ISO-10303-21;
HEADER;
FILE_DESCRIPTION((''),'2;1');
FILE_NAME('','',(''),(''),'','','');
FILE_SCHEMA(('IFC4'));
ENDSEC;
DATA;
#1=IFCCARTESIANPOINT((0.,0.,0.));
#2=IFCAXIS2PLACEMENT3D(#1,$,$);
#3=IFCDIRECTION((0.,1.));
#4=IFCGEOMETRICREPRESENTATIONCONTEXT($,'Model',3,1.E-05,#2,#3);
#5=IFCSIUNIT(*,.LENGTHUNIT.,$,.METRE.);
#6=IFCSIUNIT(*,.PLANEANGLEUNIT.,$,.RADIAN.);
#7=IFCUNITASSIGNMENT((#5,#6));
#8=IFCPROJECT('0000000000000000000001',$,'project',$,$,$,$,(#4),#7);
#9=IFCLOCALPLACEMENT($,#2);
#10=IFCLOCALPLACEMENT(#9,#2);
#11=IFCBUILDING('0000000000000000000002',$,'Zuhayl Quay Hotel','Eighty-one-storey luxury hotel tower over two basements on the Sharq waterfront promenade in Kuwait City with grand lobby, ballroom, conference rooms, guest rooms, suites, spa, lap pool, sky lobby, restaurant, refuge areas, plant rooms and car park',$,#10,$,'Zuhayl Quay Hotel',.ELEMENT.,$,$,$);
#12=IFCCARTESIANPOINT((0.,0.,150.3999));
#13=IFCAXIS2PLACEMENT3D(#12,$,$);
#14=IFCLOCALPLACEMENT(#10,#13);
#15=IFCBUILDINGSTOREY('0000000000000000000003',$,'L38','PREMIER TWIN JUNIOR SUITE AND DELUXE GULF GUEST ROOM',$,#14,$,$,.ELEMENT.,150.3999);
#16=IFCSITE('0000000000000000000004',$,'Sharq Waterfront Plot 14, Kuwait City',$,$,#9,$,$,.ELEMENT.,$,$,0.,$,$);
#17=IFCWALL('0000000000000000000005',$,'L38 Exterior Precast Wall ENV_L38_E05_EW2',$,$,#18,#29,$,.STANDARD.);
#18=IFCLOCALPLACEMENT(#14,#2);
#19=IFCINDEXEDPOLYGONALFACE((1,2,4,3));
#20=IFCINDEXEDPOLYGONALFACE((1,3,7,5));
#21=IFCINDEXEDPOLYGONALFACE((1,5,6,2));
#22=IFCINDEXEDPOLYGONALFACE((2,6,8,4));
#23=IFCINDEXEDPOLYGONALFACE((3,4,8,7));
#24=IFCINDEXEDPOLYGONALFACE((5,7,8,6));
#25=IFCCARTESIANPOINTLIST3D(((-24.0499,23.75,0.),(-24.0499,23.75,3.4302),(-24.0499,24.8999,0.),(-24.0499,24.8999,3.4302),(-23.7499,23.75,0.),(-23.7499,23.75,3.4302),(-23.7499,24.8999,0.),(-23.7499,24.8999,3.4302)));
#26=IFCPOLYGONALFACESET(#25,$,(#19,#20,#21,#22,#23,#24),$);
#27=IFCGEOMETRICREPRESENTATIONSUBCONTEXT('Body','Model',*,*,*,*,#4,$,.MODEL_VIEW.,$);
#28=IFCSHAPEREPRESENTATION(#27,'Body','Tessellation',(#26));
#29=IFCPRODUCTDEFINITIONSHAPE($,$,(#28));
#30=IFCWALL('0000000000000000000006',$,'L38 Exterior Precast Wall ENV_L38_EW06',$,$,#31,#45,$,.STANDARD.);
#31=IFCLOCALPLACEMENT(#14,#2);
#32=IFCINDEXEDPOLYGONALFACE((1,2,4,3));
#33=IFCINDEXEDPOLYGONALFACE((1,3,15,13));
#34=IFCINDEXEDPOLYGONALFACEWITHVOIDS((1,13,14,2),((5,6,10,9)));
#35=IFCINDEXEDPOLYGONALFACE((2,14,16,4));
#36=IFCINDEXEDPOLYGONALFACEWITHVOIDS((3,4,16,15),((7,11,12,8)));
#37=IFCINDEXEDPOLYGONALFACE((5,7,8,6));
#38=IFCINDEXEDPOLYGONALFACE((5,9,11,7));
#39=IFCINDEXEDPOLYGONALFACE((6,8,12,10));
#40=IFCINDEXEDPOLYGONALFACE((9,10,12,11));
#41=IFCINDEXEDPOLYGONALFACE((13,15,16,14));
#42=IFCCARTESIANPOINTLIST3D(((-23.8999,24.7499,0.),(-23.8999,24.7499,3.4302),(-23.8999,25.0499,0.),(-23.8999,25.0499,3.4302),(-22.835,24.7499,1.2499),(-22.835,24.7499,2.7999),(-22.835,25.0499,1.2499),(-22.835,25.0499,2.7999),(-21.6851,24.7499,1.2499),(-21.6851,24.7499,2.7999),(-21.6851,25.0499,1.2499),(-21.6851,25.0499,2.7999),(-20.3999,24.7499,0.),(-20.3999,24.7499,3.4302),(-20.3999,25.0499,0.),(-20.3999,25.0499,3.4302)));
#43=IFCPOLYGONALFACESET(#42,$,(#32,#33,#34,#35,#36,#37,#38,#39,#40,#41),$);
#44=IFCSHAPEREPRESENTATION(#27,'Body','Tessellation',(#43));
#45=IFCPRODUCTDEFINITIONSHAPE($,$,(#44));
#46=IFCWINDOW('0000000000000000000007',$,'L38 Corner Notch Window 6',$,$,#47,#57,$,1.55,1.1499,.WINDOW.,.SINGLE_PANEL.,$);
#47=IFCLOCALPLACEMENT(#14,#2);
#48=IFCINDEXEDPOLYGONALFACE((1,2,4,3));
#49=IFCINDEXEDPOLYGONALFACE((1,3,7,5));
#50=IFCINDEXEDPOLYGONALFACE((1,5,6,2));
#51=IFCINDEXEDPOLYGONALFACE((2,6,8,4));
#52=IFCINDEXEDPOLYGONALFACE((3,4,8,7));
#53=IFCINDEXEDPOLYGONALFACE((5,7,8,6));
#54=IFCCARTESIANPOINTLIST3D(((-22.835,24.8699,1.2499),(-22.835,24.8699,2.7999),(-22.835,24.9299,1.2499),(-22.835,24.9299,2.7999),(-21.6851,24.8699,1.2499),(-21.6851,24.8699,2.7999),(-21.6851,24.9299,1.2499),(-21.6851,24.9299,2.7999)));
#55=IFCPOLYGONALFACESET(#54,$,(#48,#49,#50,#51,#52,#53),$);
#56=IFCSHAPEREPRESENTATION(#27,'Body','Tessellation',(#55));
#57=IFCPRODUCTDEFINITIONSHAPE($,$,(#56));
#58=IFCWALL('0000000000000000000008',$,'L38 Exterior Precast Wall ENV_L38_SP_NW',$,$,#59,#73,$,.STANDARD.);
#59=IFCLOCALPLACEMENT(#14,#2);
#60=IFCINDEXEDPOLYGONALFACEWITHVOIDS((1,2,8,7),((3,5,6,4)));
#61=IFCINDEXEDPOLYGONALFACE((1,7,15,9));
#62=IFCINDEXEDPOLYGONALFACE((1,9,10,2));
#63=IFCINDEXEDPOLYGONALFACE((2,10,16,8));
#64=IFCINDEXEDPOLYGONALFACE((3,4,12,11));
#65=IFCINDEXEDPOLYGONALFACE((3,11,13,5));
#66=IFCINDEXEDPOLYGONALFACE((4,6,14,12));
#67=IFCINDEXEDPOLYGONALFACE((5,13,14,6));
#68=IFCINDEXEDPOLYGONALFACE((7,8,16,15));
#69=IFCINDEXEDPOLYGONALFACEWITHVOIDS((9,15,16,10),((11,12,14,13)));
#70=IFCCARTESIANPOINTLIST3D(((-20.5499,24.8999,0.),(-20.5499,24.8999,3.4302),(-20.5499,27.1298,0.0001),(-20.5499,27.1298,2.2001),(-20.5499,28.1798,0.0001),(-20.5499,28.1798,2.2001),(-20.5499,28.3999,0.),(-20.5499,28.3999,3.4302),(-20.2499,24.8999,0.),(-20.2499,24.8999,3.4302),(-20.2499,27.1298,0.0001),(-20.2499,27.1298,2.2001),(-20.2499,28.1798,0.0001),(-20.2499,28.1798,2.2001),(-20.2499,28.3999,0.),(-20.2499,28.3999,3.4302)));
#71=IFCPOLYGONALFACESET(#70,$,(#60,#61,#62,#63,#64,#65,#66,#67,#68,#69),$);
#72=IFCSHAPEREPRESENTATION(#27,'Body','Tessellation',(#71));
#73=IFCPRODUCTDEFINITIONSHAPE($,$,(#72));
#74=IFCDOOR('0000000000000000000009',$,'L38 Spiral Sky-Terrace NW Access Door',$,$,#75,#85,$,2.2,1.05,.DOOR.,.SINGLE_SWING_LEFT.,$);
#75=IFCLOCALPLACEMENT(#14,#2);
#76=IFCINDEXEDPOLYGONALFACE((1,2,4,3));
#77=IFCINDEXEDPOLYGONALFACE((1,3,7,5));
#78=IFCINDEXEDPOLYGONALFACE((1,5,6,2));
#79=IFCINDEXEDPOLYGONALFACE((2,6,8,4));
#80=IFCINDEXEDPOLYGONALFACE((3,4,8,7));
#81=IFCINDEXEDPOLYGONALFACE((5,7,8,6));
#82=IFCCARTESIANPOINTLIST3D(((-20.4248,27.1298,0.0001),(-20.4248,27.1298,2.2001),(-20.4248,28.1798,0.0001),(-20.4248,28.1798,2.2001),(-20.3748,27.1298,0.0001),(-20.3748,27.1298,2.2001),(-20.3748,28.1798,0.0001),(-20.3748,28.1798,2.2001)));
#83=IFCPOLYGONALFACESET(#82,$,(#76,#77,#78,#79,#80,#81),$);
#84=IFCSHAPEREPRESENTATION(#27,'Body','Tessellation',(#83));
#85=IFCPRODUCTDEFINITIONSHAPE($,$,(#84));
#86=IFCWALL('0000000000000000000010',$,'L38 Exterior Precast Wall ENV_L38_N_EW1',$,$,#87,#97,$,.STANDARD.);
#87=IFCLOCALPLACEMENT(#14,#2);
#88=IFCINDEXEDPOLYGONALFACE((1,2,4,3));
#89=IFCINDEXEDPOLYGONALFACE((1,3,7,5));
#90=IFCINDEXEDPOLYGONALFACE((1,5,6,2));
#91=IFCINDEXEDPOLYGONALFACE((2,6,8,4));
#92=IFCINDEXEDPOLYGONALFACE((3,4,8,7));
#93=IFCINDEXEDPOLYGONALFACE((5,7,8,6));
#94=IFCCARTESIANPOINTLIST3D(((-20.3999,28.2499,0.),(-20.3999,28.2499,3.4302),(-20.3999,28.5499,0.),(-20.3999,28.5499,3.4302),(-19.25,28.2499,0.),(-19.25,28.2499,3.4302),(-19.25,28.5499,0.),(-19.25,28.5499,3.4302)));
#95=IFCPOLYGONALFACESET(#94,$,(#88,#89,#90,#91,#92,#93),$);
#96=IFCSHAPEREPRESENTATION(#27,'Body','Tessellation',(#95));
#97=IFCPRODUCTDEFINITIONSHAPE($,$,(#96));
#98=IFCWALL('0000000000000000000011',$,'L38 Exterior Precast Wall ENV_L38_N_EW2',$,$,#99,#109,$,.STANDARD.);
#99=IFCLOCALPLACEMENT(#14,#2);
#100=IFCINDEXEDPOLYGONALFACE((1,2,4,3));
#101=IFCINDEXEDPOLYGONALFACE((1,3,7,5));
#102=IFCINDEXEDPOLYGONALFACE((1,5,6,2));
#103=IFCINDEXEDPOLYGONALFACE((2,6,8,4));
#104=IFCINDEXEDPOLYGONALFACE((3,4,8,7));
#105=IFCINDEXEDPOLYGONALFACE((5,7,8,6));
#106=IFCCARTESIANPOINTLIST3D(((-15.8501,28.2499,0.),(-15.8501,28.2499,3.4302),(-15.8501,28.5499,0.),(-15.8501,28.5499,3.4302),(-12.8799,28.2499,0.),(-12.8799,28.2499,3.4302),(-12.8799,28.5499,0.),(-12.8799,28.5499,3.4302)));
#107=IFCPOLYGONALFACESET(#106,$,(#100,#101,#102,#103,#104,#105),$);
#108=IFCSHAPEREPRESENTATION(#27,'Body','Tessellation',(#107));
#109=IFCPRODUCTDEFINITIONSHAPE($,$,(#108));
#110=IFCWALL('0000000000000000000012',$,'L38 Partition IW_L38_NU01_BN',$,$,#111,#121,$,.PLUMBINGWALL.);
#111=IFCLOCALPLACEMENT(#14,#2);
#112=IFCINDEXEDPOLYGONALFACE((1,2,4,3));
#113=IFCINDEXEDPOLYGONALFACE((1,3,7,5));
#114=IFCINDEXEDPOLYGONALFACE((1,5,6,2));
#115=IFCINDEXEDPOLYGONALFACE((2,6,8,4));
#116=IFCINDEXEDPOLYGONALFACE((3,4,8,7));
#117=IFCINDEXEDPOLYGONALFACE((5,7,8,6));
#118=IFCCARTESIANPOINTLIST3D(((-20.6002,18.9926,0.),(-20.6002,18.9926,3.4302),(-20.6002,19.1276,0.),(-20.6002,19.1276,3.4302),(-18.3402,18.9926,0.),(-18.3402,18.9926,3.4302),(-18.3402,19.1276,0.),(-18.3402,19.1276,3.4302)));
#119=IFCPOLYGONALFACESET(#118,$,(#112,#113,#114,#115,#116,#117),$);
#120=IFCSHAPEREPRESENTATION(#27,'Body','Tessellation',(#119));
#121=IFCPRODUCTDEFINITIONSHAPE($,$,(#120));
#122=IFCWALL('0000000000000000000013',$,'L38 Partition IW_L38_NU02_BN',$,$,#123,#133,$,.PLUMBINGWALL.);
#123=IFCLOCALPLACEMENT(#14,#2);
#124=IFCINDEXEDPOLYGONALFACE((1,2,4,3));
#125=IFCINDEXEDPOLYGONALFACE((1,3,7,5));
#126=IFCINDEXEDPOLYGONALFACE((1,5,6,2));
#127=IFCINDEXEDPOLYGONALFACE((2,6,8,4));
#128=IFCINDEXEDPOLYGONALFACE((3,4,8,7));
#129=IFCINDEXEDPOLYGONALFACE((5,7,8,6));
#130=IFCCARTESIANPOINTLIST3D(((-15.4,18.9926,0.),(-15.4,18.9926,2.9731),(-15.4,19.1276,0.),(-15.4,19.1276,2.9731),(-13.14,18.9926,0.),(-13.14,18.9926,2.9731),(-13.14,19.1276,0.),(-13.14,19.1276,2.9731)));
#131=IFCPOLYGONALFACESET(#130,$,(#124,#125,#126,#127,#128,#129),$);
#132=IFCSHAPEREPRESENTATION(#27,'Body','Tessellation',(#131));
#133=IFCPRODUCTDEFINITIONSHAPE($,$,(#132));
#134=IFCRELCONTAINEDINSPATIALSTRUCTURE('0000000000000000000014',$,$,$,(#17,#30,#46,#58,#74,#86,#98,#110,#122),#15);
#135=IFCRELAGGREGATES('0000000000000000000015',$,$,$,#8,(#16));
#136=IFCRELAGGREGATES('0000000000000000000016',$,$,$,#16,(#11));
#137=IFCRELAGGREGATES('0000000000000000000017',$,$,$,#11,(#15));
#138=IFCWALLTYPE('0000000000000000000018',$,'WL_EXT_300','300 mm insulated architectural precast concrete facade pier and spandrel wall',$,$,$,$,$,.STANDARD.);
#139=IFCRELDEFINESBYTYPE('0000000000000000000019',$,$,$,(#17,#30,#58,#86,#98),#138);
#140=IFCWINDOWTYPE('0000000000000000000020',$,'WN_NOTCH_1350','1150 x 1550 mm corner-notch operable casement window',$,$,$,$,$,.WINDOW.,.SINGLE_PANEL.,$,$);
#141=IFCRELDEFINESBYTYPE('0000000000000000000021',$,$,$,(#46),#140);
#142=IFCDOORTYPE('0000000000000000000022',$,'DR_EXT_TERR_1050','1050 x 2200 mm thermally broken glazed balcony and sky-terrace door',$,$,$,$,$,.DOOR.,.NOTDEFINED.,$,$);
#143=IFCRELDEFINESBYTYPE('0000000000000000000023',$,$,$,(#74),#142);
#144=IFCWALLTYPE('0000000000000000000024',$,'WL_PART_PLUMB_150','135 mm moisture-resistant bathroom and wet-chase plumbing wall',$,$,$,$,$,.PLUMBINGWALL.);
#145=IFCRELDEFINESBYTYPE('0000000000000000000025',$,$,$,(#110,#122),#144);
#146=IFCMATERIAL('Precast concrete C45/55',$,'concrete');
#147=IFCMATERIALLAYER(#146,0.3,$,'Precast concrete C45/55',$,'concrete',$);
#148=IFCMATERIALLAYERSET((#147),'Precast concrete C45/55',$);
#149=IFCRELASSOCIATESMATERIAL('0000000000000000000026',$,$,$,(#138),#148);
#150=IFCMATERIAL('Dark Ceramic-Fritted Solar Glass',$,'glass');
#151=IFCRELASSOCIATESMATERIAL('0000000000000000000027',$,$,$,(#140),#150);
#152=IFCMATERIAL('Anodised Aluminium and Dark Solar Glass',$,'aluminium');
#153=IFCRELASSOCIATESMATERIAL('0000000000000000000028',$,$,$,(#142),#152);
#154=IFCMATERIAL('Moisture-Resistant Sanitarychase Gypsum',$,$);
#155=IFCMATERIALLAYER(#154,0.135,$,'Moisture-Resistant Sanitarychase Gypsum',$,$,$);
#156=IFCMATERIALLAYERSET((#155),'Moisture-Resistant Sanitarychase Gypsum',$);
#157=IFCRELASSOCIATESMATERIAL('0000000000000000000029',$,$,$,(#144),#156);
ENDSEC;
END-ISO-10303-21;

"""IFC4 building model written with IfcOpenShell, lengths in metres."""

from ifc_helpers import new_model, si_unit, direction, frame, frame_2d, origin, place, context, subcontext, project, spatial, rectangle, extrude, material, layer, layer_set, type_object, element, fill, save


model = new_model("IFC4")

# Units and contexts
model_context = context("Model", 3, precision=1e-05, world=origin(), true_north=direction((0.0, 1.0)))
body_context = subcontext(model_context, "Body", "Model", "MODEL_VIEW")
ifc_project = project(units=[si_unit("LENGTHUNIT", "METRE"), si_unit("PLANEANGLEUNIT", "RADIAN")], contexts=[model_context])

# Site, building, storey
site_placement = place(None, origin())
site = spatial("IfcSite", under=ifc_project, at=site_placement, Name="Sharq Waterfront Plot 14, Kuwait City", CompositionType="ELEMENT", RefElevation=0.0)
building_placement = place(site_placement, origin())
building = spatial("IfcBuilding", under=site, at=building_placement, Name="Zuhayl Quay Hotel", Description="Eighty-one-storey luxury hotel tower over two basements on the Sharq waterfront promenade in Kuwait City with grand lobby, ballroom, conference rooms, guest rooms, suites, spa, lap pool, sky lobby, restaurant, refuge areas, plant rooms and car park", LongName="Zuhayl Quay Hotel", CompositionType="ELEMENT")
storey_placement = place(building_placement, frame((0.0, 0.0, 150.3999)))
storey = spatial("IfcBuildingStorey", under=building, at=storey_placement, Name="L38", Description="PREMIER TWIN JUNIOR SUITE AND DELUXE GULF GUEST ROOM", CompositionType="ELEMENT", Elevation=150.3999)

# Shared definitions
ifc_material_1 = material(Name="Dark Ceramic-Fritted Solar Glass", Category="glass")

# Wall
ifc_material_2 = material(Name="Precast concrete C45/55", Category="concrete")
ifc_layer_1 = layer(ifc_material_2, 0.3, Name="Precast concrete C45/55", Category="concrete")
ifc_layer_set_1 = layer_set([ifc_layer_1], Name="Precast concrete C45/55")
wall_type_1 = type_object("IfcWallType", Name="WL_EXT_300", Description="300 mm insulated architectural precast concrete facade pier and spandrel wall", PredefinedType="STANDARD", material=ifc_layer_set_1)
wall_1_placement = place(storey_placement, frame((-23.8999, 23.75, 0.0), z_axis=(0.0, 0.0, 1.0), x_axis=(0.0, 1.0, 0.0)))
element("IfcWall", 1, at=wall_1_placement, inside=storey, type_object=wall_type_1, Name="L38 Exterior Precast Wall ENV_L38_E05_EW2", PredefinedType="STANDARD", context=body_context, shape_type="SweptSolid", body=[
    extrude(rectangle(XDim=1.1499, YDim=0.3, at=frame_2d((0.575, 0.0))), origin(), (0.0, 0.0, 1.0), 3.4302),
])

# Wall, opening, window
wall_2_placement = place(storey_placement, frame((-23.8999, 24.8999, 0.0), z_axis=(0.0, 0.0, 1.0), x_axis=(1.0, 0.0, 0.0)))
wall_2 = element("IfcWall", 2, at=wall_2_placement, inside=storey, type_object=wall_type_1, Name="L38 Exterior Precast Wall ENV_L38_EW06", PredefinedType="STANDARD", context=body_context, shape_type="SweptSolid", body=[
    extrude(rectangle(XDim=3.5, YDim=0.3, at=frame_2d((1.75, 0.0))), origin(), (0.0, 0.0, 1.0), 3.4302),
])
opening_1_placement = place(wall_2_placement, frame((1.0649, 0.0, 1.25)))
opening_1 = element("IfcOpeningElement", 3, at=opening_1_placement, cuts=wall_2, PredefinedType="OPENING", context=body_context, shape_type="SweptSolid", body=[
    extrude(rectangle(XDim=1.1499, YDim=1.55, at=frame_2d((0.575, 0.7749))), frame((0.0, 0.1599, 0.0), z_axis=(0.0, -1.0, 0.0), x_axis=(1.0, 0.0, 0.0)), (0.0, 0.0, 1.0), 0.3201),
])
window_type = type_object("IfcWindowType", Name="WN_NOTCH_1350", Description="1150 x 1550 mm corner-notch operable casement window", PartitioningType="SINGLE_PANEL", PredefinedType="WINDOW", material=ifc_material_1)
window_placement = place(opening_1_placement, origin())
window = element("IfcWindow", 4, at=window_placement, inside=storey, type_object=window_type, Name="L38 Corner Notch Window 6", OverallHeight=1.55, OverallWidth=1.1499, PartitioningType="SINGLE_PANEL", PredefinedType="WINDOW", context=body_context, shape_type="SweptSolid", body=[
    extrude(rectangle(XDim=1.1499, YDim=1.55, at=frame_2d((0.575, 0.7749))), frame((0.0, 0.03, 0.0), z_axis=(0.0, -1.0, 0.0), x_axis=(1.0, 0.0, 0.0)), (0.0, 0.0, 1.0), 0.0601),
])
fill(opening_1, window)

# Wall, opening, door
wall_3_placement = place(storey_placement, frame((-20.3999, 24.8999, 0.0), z_axis=(0.0, 0.0, 1.0), x_axis=(0.0, 1.0, 0.0)))
wall_3 = element("IfcWall", 5, at=wall_3_placement, inside=storey, type_object=wall_type_1, Name="L38 Exterior Precast Wall ENV_L38_SP_NW", PredefinedType="STANDARD", context=body_context, shape_type="SweptSolid", body=[
    extrude(rectangle(XDim=3.5, YDim=0.3, at=frame_2d((1.75, 0.0))), origin(), (0.0, 0.0, 1.0), 3.4302),
])
opening_2_placement = place(wall_3_placement, frame((2.23, 0.0, 0.0)))
opening_2 = element("IfcOpeningElement", 6, at=opening_2_placement, cuts=wall_3, PredefinedType="OPENING", context=body_context, shape_type="SweptSolid", body=[
    extrude(rectangle(XDim=1.05, YDim=2.2, at=frame_2d((0.5249, 1.1001))), frame((0.0, 0.1599, 0.0), z_axis=(0.0, -1.0, 0.0), x_axis=(1.0, 0.0, 0.0)), (0.0, 0.0, 1.0), 0.3201),
])
ifc_material_3 = material(Name="Anodised Aluminium and Dark Solar Glass", Category="aluminium")
door_type = type_object("IfcDoorType", Name="DR_EXT_TERR_1050", Description="1050 x 2200 mm thermally broken glazed balcony and sky-terrace door", OperationType="NOTDEFINED", PredefinedType="DOOR", material=ifc_material_3)
door_placement = place(opening_2_placement, origin())
door = element("IfcDoor", 7, at=door_placement, inside=storey, type_object=door_type, Name="L38 Spiral Sky-Terrace NW Access Door", OperationType="SINGLE_SWING_LEFT", OverallHeight=2.2, OverallWidth=1.05, PredefinedType="DOOR", context=body_context, shape_type="SweptSolid", body=[
    extrude(rectangle(XDim=1.05, YDim=2.2, at=frame_2d((0.5249, 1.1001))), frame((0.0, 0.0249, 0.0), z_axis=(0.0, -1.0, 0.0), x_axis=(1.0, 0.0, 0.0)), (0.0, 0.0, 1.0), 0.05),
])
fill(opening_2, door)

# Walls
wall_4_placement = place(storey_placement, frame((-20.3999, 28.3999, 0.0), z_axis=(0.0, 0.0, 1.0), x_axis=(1.0, 0.0, 0.0)))
element("IfcWall", 8, at=wall_4_placement, inside=storey, type_object=wall_type_1, Name="L38 Exterior Precast Wall ENV_L38_N_EW1", PredefinedType="STANDARD", context=body_context, shape_type="SweptSolid", body=[
    extrude(rectangle(XDim=1.1499, YDim=0.3, at=frame_2d((0.575, 0.0))), origin(), (0.0, 0.0, 1.0), 3.4302),
])
wall_5_placement = place(storey_placement, frame((-15.8501, 28.3999, 0.0), z_axis=(0.0, 0.0, 1.0), x_axis=(1.0, 0.0, 0.0)))
element("IfcWall", 9, at=wall_5_placement, inside=storey, type_object=wall_type_1, Name="L38 Exterior Precast Wall ENV_L38_N_EW2", PredefinedType="STANDARD", context=body_context, shape_type="SweptSolid", body=[
    extrude(rectangle(XDim=2.9702, YDim=0.3, at=frame_2d((1.4851, 0.0))), origin(), (0.0, 0.0, 1.0), 3.4302),
])
ifc_material_4 = material(Name="Moisture-Resistant Sanitarychase Gypsum")
ifc_layer_2 = layer(ifc_material_4, 0.135, Name="Moisture-Resistant Sanitarychase Gypsum")
ifc_layer_set_2 = layer_set([ifc_layer_2], Name="Moisture-Resistant Sanitarychase Gypsum")
wall_type_2 = type_object("IfcWallType", Name="WL_PART_PLUMB_150", Description="135 mm moisture-resistant bathroom and wet-chase plumbing wall", PredefinedType="PLUMBINGWALL", material=ifc_layer_set_2)
wall_6_placement = place(storey_placement, frame((-20.6001, 19.0601, 0.0), z_axis=(0.0, 0.0, 1.0), x_axis=(1.0, 0.0, 0.0)))
element("IfcWall", 10, at=wall_6_placement, inside=storey, type_object=wall_type_2, Name="L38 Partition IW_L38_NU01_BN", PredefinedType="PLUMBINGWALL", context=body_context, shape_type="SweptSolid", body=[
    extrude(rectangle(XDim=2.26, YDim=0.135, at=frame_2d((1.1299, 0.0))), origin(), (0.0, 0.0, 1.0), 3.4302),
])
wall_7_placement = place(storey_placement, frame((-15.3999, 19.0601, 0.0), z_axis=(0.0, 0.0, 1.0), x_axis=(1.0, 0.0, 0.0)))
element("IfcWall", 11, at=wall_7_placement, inside=storey, type_object=wall_type_2, Name="L38 Partition IW_L38_NU02_BN", PredefinedType="PLUMBINGWALL", context=body_context, shape_type="SweptSolid", body=[
    extrude(rectangle(XDim=2.26, YDim=0.135, at=frame_2d((1.1299, 0.0))), origin(), (0.0, 0.0, 1.0), 2.9731),
])

save(model, "model.ifc")
